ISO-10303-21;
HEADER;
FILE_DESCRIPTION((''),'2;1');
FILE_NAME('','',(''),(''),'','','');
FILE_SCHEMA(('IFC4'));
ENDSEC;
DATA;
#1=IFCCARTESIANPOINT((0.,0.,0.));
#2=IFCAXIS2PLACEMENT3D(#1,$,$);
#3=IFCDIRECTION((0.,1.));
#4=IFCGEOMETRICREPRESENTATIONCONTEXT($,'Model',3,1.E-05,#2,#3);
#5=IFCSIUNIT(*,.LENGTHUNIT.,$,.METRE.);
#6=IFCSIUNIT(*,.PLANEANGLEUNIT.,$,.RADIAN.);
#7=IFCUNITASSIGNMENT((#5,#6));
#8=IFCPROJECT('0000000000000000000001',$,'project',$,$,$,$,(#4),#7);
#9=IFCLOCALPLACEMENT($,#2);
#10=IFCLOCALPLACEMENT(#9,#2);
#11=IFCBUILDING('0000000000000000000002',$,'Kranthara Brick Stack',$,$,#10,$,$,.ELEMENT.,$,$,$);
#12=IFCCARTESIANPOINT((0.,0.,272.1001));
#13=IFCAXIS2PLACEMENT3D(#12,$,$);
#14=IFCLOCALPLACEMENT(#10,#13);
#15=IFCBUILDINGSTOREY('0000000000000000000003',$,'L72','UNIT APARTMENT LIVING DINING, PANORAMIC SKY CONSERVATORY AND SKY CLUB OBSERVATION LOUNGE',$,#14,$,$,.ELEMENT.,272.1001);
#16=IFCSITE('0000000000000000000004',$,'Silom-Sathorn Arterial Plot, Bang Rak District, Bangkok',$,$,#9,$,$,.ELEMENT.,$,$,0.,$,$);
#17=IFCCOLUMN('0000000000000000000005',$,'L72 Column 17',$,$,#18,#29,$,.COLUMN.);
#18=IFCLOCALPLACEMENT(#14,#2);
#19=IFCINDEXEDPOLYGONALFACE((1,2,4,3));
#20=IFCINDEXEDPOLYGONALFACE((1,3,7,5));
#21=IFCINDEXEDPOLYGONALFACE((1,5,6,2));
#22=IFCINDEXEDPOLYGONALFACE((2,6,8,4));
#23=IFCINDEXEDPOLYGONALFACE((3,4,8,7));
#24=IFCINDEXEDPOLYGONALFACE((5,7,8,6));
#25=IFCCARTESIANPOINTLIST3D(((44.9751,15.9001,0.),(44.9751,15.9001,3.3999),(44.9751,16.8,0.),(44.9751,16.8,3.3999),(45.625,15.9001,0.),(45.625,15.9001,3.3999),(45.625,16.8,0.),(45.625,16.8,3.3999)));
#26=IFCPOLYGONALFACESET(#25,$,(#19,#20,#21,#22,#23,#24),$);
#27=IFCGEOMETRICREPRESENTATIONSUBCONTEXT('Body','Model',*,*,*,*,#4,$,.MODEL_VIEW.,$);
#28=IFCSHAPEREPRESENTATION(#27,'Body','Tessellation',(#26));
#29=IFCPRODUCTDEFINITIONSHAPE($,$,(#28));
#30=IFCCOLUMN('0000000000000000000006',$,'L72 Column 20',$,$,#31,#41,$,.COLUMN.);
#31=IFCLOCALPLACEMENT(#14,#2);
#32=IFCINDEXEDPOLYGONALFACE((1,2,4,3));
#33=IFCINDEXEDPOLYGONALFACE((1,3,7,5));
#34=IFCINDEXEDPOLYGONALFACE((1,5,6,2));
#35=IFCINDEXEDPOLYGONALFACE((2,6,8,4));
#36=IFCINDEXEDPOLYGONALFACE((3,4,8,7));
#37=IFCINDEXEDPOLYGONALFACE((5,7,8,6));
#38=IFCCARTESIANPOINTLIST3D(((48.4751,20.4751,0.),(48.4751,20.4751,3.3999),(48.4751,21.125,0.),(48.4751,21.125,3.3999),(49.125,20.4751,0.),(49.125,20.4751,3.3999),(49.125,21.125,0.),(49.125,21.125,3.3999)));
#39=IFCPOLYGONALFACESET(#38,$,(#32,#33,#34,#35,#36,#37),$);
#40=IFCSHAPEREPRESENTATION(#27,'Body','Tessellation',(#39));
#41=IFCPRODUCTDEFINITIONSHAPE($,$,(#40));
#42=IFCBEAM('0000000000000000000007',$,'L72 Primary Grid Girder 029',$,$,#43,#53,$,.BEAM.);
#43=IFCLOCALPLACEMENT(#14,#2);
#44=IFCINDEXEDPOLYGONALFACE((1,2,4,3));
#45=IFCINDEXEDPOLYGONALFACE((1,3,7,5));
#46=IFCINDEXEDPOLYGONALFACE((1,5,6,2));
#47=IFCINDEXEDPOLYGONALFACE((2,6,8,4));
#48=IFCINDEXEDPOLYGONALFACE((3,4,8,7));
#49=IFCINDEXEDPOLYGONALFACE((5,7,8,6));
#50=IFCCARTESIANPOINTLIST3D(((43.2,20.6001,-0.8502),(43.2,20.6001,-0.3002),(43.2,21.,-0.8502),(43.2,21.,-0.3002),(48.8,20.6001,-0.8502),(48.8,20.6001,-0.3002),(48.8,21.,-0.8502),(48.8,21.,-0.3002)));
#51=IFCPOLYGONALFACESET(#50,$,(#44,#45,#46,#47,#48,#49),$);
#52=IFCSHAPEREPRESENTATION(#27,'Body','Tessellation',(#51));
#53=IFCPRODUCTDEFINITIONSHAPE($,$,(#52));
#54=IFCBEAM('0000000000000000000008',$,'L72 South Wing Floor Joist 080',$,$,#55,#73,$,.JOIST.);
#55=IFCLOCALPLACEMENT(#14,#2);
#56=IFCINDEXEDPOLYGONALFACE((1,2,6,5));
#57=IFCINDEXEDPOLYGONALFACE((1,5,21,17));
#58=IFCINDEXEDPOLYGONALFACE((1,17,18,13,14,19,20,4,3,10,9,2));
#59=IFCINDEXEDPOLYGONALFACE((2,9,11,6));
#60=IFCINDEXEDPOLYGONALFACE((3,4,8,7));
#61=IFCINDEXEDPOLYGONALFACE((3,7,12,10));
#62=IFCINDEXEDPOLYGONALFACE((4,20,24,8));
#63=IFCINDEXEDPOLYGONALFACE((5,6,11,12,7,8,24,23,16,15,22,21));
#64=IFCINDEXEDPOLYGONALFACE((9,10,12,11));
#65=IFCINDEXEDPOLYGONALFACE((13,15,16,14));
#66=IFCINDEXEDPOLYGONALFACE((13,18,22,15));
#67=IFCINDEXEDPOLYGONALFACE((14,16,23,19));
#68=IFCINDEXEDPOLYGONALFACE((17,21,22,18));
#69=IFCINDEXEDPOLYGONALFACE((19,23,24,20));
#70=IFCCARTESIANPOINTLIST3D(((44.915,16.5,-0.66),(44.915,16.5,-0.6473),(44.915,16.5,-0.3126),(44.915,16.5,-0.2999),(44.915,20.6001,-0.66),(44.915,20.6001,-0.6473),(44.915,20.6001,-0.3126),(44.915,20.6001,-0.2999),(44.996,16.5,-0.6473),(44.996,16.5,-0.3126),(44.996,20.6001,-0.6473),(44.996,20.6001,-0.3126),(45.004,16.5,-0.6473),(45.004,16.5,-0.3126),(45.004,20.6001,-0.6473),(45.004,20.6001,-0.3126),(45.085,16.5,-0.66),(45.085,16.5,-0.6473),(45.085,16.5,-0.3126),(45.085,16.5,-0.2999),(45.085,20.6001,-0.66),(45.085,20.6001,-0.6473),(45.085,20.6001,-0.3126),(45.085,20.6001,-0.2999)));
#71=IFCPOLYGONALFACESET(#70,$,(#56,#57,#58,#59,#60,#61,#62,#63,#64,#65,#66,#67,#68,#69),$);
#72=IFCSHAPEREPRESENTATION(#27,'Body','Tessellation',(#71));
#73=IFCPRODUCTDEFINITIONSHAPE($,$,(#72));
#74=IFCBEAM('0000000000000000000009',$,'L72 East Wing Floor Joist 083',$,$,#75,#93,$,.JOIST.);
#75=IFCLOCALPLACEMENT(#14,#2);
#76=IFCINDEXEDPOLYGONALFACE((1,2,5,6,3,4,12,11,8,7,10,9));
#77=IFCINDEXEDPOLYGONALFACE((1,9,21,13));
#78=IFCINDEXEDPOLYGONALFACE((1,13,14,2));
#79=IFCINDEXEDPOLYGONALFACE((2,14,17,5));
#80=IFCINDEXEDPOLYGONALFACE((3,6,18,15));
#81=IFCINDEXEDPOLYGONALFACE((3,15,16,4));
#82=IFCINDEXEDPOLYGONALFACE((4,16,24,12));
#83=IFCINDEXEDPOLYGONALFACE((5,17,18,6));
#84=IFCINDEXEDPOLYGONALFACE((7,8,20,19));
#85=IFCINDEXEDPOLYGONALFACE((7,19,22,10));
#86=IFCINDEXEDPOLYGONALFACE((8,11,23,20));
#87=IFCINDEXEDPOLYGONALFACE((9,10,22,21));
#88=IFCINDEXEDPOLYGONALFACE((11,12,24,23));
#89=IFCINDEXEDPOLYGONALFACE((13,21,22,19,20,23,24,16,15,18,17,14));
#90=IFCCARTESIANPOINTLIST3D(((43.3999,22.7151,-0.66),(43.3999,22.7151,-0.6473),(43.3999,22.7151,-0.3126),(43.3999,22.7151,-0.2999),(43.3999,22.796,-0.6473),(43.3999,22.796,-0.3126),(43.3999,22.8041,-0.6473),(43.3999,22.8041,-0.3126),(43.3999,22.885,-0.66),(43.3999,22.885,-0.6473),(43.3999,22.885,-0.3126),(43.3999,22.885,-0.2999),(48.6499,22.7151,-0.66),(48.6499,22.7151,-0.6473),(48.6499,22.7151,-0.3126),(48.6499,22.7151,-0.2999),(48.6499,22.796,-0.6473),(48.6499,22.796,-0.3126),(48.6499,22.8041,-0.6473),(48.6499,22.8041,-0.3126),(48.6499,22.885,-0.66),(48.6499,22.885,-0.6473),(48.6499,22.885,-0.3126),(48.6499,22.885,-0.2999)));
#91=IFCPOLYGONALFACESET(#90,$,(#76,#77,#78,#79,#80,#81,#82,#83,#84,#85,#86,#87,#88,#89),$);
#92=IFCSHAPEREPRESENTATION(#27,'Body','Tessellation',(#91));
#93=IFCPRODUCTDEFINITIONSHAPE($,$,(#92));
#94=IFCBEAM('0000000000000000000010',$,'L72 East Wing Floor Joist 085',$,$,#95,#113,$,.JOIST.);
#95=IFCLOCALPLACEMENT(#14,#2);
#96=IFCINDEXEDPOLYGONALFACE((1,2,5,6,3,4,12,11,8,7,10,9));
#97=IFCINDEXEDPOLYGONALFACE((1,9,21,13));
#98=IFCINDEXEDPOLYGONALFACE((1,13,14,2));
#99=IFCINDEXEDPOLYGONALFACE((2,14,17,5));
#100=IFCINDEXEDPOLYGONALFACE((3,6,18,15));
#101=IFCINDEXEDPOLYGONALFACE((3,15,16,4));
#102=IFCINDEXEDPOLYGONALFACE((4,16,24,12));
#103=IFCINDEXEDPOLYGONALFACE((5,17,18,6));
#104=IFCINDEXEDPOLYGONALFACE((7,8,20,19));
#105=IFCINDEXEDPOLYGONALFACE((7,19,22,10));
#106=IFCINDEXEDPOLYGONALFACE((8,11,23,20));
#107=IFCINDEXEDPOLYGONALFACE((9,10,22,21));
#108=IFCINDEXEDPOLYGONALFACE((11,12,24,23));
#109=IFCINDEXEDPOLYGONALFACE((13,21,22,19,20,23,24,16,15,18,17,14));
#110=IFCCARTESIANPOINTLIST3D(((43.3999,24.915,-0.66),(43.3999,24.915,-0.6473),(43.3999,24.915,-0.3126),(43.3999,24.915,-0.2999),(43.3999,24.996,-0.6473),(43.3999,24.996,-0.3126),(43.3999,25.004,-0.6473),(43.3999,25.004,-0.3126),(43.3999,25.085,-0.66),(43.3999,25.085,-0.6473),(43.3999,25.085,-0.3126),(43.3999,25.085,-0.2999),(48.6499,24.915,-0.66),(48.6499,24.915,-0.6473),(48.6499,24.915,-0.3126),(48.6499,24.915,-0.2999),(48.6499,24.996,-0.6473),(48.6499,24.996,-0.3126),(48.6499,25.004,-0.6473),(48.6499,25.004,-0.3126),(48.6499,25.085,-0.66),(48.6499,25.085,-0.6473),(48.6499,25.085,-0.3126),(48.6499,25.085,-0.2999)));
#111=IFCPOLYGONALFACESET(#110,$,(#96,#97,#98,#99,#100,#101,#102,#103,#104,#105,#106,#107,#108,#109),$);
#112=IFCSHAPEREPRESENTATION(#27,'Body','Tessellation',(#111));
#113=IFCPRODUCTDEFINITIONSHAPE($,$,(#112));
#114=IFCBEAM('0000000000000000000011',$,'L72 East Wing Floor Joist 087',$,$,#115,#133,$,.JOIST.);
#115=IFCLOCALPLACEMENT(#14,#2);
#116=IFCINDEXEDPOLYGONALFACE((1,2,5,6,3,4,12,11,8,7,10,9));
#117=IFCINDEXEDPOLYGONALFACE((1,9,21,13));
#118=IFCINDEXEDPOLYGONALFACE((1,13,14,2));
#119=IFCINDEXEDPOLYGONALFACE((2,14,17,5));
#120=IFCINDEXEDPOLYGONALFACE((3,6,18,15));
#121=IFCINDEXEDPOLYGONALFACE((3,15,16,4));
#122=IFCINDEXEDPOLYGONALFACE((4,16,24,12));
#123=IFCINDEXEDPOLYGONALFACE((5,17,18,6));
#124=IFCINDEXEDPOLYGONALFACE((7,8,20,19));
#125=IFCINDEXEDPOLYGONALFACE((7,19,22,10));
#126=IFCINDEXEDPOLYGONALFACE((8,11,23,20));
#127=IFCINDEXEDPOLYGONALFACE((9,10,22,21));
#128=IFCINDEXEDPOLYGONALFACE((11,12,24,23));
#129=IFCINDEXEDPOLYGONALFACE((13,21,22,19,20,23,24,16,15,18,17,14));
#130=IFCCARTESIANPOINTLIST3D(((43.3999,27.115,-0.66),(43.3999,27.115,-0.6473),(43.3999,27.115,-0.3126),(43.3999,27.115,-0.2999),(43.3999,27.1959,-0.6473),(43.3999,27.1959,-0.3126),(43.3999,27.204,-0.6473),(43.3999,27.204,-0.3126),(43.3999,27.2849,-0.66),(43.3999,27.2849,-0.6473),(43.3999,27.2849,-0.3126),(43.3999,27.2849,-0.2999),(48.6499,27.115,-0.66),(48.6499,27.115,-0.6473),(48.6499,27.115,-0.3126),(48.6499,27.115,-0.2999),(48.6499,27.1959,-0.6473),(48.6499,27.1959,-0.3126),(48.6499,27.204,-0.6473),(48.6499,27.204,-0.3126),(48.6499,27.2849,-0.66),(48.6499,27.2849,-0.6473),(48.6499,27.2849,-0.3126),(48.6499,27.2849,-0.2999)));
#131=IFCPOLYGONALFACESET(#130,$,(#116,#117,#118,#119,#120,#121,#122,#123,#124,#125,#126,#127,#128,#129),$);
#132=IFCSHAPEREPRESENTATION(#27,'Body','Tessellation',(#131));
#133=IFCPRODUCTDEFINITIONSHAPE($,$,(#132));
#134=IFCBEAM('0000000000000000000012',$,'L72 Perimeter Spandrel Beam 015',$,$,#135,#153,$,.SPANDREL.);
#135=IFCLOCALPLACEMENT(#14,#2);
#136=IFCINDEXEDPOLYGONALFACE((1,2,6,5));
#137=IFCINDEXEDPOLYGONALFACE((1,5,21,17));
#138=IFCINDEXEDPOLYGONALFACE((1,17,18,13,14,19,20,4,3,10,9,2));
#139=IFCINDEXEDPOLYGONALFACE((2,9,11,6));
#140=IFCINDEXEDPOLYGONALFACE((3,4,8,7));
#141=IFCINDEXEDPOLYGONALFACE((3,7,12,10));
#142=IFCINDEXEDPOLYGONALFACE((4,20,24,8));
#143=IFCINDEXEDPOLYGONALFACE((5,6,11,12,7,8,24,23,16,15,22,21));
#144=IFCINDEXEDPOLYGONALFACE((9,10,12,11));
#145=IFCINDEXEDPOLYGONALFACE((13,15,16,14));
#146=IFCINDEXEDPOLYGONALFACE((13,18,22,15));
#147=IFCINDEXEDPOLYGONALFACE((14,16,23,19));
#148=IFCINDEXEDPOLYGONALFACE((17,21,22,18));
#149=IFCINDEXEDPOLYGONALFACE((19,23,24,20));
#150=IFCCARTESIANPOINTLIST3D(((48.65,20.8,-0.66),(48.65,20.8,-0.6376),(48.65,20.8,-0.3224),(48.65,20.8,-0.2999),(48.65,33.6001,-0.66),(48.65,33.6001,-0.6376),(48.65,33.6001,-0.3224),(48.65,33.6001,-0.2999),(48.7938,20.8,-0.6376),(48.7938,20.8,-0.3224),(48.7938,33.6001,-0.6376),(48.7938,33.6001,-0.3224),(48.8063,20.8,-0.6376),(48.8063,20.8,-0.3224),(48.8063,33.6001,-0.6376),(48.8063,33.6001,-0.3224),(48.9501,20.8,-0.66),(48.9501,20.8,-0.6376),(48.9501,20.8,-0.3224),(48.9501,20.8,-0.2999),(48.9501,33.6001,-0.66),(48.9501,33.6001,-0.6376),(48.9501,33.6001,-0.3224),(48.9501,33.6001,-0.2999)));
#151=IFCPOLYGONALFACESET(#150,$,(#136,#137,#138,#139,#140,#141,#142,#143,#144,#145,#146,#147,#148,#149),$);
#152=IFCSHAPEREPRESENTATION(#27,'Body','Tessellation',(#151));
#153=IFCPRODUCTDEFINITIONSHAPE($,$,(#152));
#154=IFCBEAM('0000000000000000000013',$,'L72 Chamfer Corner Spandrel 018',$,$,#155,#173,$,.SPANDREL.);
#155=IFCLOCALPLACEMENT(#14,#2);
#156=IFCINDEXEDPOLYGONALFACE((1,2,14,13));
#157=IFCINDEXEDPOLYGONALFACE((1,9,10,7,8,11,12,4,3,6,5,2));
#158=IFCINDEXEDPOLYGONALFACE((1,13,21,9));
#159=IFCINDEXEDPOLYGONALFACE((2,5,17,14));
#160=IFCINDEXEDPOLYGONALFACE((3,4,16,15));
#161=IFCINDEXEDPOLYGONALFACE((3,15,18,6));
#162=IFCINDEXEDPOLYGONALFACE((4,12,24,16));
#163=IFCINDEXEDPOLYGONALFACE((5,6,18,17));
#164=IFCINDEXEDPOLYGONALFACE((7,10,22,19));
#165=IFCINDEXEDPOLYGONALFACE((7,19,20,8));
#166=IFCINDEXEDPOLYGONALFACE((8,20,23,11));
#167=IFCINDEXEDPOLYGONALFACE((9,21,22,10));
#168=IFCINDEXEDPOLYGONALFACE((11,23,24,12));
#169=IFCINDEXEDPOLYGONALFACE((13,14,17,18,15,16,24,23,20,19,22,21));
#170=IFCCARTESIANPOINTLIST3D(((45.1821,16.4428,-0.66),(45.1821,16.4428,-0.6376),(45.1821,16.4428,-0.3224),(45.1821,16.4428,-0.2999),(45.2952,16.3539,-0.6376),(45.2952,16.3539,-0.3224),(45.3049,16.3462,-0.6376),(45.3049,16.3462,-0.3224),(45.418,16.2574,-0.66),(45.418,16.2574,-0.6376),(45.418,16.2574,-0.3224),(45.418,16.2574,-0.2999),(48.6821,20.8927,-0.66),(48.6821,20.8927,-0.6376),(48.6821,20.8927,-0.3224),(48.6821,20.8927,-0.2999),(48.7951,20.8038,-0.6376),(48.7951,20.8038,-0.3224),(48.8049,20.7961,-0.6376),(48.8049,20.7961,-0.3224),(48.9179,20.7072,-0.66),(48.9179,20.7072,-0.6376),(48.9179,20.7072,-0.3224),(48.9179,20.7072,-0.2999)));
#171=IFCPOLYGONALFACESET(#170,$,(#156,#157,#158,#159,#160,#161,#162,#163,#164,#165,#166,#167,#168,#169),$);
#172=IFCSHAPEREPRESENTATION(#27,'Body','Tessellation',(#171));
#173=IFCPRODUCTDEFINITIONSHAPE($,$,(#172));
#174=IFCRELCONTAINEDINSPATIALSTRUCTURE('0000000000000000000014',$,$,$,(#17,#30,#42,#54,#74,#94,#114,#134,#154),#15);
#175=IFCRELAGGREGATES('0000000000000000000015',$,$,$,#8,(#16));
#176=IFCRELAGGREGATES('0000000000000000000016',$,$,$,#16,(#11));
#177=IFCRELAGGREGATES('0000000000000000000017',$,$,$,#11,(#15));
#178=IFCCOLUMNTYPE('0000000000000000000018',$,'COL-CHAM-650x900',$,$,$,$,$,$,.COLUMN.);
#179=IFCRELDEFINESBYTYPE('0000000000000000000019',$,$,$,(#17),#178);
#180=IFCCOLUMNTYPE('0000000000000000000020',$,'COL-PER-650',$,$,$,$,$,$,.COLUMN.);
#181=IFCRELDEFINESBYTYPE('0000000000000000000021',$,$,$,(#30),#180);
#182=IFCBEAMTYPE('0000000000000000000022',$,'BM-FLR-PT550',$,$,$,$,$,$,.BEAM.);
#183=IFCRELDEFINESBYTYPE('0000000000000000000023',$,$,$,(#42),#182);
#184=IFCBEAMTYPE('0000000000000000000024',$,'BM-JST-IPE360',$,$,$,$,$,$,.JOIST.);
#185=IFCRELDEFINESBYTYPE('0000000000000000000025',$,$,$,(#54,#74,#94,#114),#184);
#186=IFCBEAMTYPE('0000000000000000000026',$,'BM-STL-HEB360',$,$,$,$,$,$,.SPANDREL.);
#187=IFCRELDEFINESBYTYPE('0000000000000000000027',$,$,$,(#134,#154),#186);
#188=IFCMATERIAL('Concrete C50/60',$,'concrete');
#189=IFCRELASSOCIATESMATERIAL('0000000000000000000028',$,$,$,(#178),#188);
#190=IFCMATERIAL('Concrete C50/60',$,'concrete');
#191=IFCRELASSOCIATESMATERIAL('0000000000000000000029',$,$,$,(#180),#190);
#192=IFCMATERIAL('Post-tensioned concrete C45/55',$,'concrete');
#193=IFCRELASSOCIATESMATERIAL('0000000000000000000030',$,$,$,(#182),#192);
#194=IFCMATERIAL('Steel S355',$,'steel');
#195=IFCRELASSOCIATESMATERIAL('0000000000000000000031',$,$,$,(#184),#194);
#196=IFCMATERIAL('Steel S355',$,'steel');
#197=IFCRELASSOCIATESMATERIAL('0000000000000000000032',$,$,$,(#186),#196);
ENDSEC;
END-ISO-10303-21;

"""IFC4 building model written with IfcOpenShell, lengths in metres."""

from ifc_helpers import new_model, si_unit, direction, frame, origin, origin_2d, place, context, subcontext, project, spatial, rectangle, i_section, extrude, material, material_profile, profile_set, type_object, element, save


model = new_model("IFC4")

# Units and contexts
model_context = context("Model", 3, precision=1e-05, world=origin(), true_north=direction((0.0, 1.0)))
body_context = subcontext(model_context, "Body", "Model", "MODEL_VIEW")
ifc_project = project(units=[si_unit("LENGTHUNIT", "METRE"), si_unit("PLANEANGLEUNIT", "RADIAN")], contexts=[model_context])

# Site, building, storey
site_placement = place(None, origin())
site = spatial("IfcSite", under=ifc_project, at=site_placement, Name="Silom-Sathorn Arterial Plot, Bang Rak District, Bangkok", CompositionType="ELEMENT", RefElevation=0.0)
building_placement = place(site_placement, origin())
building = spatial("IfcBuilding", under=site, at=building_placement, Name="Kranthara Brick Stack", CompositionType="ELEMENT")
storey_placement = place(building_placement, frame((0.0, 0.0, 272.1001)))
storey = spatial("IfcBuildingStorey", under=building, at=storey_placement, Name="L72", Description="UNIT APARTMENT LIVING DINING, PANORAMIC SKY CONSERVATORY AND SKY CLUB OBSERVATION LOUNGE", CompositionType="ELEMENT", Elevation=272.1001)

# Columns
ifc_material_1 = material(Name="Concrete C50/60", Category="concrete")
ifc_material_profile_1 = material_profile(ifc_material_1, rectangle(XDim=0.6499, YDim=0.8999, at=origin_2d()), Name="RC 650x900")
ifc_profile_set_1 = profile_set([ifc_material_profile_1], Name="Concrete C50/60")
column_type_1 = type_object("IfcColumnType", Name="COL-CHAM-650x900", PredefinedType="COLUMN", material=ifc_profile_set_1)
column_1_placement = place(storey_placement, frame((45.3, 16.3501, 0.0), z_axis=(0.0, 0.0, 1.0), x_axis=(1.0, 0.0, 0.0)))
element("IfcColumn", 1, at=column_1_placement, inside=storey, type_object=column_type_1, Name="L72 Column 17", PredefinedType="COLUMN", context=body_context, shape_type="SweptSolid", body=[
    extrude(rectangle(XDim=0.6499, YDim=0.8999, at=origin_2d()), origin(), (0.0, 0.0, 1.0), 3.3999),
])
ifc_material_2 = material(Name="Concrete C50/60", Category="concrete")
ifc_material_profile_2 = material_profile(ifc_material_2, rectangle(XDim=0.6499, YDim=0.6499, at=origin_2d()), Name="RC 650x650")
ifc_profile_set_2 = profile_set([ifc_material_profile_2], Name="Concrete C50/60")
column_type_2 = type_object("IfcColumnType", Name="COL-PER-650", PredefinedType="COLUMN", material=ifc_profile_set_2)
column_2_placement = place(storey_placement, frame((48.8, 20.8, 0.0), z_axis=(0.0, 0.0, 1.0), x_axis=(1.0, 0.0, 0.0)))
element("IfcColumn", 2, at=column_2_placement, inside=storey, type_object=column_type_2, Name="L72 Column 20", PredefinedType="COLUMN", context=body_context, shape_type="SweptSolid", body=[
    extrude(rectangle(XDim=0.6499, YDim=0.6499, at=origin_2d()), origin(), (0.0, 0.0, 1.0), 3.3999),
])

# Beams
ifc_material_3 = material(Name="Post-tensioned concrete C45/55", Category="concrete")
ifc_material_profile_3 = material_profile(ifc_material_3, rectangle(XDim=0.3999, YDim=0.55, at=origin_2d()), Name="PT 400x550")
ifc_profile_set_3 = profile_set([ifc_material_profile_3], Name="Post-tensioned concrete C45/55")
beam_type_1 = type_object("IfcBeamType", Name="BM-FLR-PT550", PredefinedType="BEAM", material=ifc_profile_set_3)
beam_1_placement = place(storey_placement, frame((43.2, 20.8, -0.5752), z_axis=(1.0, 0.0, 0.0), x_axis=(0.0, 1.0, 0.0)))
element("IfcBeam", 3, at=beam_1_placement, inside=storey, type_object=beam_type_1, Name="L72 Primary Grid Girder 029", PredefinedType="BEAM", context=body_context, shape_type="SweptSolid", body=[
    extrude(rectangle(XDim=0.3999, YDim=0.55, at=origin_2d()), origin(), (0.0, 0.0, 1.0), 5.6001),
])
ifc_material_4 = material(Name="Steel S355", Category="steel")
ifc_material_profile_4 = material_profile(ifc_material_4, i_section(OverallWidth=0.1699, OverallDepth=0.3601, WebThickness=0.0081, FlangeThickness=0.0127, at=origin_2d()), Name="IPE 360")
ifc_profile_set_4 = profile_set([ifc_material_profile_4], Name="Steel S355")
beam_type_2 = type_object("IfcBeamType", Name="BM-JST-IPE360", PredefinedType="JOIST", material=ifc_profile_set_4)
beam_2_placement = place(storey_placement, frame((45.0, 16.5, -0.48), z_axis=(0.0, 1.0, 0.0), x_axis=(-1.0, 0.0, 0.0)))
element("IfcBeam", 4, at=beam_2_placement, inside=storey, type_object=beam_type_2, Name="L72 South Wing Floor Joist 080", PredefinedType="JOIST", context=body_context, shape_type="SweptSolid", body=[
    extrude(i_section(OverallWidth=0.1699, OverallDepth=0.3601, WebThickness=0.0081, FlangeThickness=0.0127, at=origin_2d()), origin(), (0.0, 0.0, 1.0), 4.1001),
])
for number, where, z_axis, x_axis, name in (
    (5, (43.3999, 22.8, -0.48), (1.0, 0.0, 0.0), (0.0, 1.0, 0.0), "L72 East Wing Floor Joist 083"),
    (6, (43.3999, 25.0, -0.48), (1.0, 0.0, 0.0), (0.0, 1.0, 0.0), "L72 East Wing Floor Joist 085"),
    (7, (43.3999, 27.2, -0.48), (1.0, 0.0, 0.0), (0.0, 1.0, 0.0), "L72 East Wing Floor Joist 087"),
):
    element("IfcBeam", number, at=place(storey_placement, frame(where, z_axis=z_axis, x_axis=x_axis)), inside=storey, type_object=beam_type_2, Name=name, PredefinedType="JOIST", context=body_context, shape_type="SweptSolid", body=[
        extrude(i_section(OverallWidth=0.1699, OverallDepth=0.3601, WebThickness=0.0081, FlangeThickness=0.0127, at=origin_2d()), origin(), (0.0, 0.0, 1.0), 5.25),
    ])
ifc_material_5 = material(Name="Steel S355", Category="steel")
ifc_material_profile_5 = material_profile(ifc_material_5, i_section(OverallWidth=0.3, OverallDepth=0.3601, WebThickness=0.0125, FlangeThickness=0.0225, at=origin_2d()), Name="HEB 360")
ifc_profile_set_5 = profile_set([ifc_material_profile_5], Name="Steel S355")
beam_type_3 = type_object("IfcBeamType", Name="BM-STL-HEB360", PredefinedType="SPANDREL", material=ifc_profile_set_5)
beam_3_placement = place(storey_placement, frame((48.8, 20.8, -0.48), z_axis=(0.0, 1.0, 0.0), x_axis=(-1.0, 0.0, 0.0)))
element("IfcBeam", 8, at=beam_3_placement, inside=storey, type_object=beam_type_3, Name="L72 Perimeter Spandrel Beam 015", PredefinedType="SPANDREL", context=body_context, shape_type="SweptSolid", body=[
    extrude(i_section(OverallWidth=0.3, OverallDepth=0.3601, WebThickness=0.0125, FlangeThickness=0.0225, at=origin_2d()), origin(), (0.0, 0.0, 1.0), 12.8),
])
beam_4_placement = place(storey_placement, frame((45.3, 16.3501, -0.48), z_axis=(0.618216, 0.786008, 0.0), x_axis=(-0.786008, 0.618216, 0.0)))
element("IfcBeam", 9, at=beam_4_placement, inside=storey, type_object=beam_type_3, Name="L72 Chamfer Corner Spandrel 018", PredefinedType="SPANDREL", context=body_context, shape_type="SweptSolid", body=[
    extrude(i_section(OverallWidth=0.3, OverallDepth=0.3601, WebThickness=0.0125, FlangeThickness=0.0225, at=origin_2d()), origin(), (0.0, 0.0, 1.0), 5.6614),
])

save(model, "model.ifc")
